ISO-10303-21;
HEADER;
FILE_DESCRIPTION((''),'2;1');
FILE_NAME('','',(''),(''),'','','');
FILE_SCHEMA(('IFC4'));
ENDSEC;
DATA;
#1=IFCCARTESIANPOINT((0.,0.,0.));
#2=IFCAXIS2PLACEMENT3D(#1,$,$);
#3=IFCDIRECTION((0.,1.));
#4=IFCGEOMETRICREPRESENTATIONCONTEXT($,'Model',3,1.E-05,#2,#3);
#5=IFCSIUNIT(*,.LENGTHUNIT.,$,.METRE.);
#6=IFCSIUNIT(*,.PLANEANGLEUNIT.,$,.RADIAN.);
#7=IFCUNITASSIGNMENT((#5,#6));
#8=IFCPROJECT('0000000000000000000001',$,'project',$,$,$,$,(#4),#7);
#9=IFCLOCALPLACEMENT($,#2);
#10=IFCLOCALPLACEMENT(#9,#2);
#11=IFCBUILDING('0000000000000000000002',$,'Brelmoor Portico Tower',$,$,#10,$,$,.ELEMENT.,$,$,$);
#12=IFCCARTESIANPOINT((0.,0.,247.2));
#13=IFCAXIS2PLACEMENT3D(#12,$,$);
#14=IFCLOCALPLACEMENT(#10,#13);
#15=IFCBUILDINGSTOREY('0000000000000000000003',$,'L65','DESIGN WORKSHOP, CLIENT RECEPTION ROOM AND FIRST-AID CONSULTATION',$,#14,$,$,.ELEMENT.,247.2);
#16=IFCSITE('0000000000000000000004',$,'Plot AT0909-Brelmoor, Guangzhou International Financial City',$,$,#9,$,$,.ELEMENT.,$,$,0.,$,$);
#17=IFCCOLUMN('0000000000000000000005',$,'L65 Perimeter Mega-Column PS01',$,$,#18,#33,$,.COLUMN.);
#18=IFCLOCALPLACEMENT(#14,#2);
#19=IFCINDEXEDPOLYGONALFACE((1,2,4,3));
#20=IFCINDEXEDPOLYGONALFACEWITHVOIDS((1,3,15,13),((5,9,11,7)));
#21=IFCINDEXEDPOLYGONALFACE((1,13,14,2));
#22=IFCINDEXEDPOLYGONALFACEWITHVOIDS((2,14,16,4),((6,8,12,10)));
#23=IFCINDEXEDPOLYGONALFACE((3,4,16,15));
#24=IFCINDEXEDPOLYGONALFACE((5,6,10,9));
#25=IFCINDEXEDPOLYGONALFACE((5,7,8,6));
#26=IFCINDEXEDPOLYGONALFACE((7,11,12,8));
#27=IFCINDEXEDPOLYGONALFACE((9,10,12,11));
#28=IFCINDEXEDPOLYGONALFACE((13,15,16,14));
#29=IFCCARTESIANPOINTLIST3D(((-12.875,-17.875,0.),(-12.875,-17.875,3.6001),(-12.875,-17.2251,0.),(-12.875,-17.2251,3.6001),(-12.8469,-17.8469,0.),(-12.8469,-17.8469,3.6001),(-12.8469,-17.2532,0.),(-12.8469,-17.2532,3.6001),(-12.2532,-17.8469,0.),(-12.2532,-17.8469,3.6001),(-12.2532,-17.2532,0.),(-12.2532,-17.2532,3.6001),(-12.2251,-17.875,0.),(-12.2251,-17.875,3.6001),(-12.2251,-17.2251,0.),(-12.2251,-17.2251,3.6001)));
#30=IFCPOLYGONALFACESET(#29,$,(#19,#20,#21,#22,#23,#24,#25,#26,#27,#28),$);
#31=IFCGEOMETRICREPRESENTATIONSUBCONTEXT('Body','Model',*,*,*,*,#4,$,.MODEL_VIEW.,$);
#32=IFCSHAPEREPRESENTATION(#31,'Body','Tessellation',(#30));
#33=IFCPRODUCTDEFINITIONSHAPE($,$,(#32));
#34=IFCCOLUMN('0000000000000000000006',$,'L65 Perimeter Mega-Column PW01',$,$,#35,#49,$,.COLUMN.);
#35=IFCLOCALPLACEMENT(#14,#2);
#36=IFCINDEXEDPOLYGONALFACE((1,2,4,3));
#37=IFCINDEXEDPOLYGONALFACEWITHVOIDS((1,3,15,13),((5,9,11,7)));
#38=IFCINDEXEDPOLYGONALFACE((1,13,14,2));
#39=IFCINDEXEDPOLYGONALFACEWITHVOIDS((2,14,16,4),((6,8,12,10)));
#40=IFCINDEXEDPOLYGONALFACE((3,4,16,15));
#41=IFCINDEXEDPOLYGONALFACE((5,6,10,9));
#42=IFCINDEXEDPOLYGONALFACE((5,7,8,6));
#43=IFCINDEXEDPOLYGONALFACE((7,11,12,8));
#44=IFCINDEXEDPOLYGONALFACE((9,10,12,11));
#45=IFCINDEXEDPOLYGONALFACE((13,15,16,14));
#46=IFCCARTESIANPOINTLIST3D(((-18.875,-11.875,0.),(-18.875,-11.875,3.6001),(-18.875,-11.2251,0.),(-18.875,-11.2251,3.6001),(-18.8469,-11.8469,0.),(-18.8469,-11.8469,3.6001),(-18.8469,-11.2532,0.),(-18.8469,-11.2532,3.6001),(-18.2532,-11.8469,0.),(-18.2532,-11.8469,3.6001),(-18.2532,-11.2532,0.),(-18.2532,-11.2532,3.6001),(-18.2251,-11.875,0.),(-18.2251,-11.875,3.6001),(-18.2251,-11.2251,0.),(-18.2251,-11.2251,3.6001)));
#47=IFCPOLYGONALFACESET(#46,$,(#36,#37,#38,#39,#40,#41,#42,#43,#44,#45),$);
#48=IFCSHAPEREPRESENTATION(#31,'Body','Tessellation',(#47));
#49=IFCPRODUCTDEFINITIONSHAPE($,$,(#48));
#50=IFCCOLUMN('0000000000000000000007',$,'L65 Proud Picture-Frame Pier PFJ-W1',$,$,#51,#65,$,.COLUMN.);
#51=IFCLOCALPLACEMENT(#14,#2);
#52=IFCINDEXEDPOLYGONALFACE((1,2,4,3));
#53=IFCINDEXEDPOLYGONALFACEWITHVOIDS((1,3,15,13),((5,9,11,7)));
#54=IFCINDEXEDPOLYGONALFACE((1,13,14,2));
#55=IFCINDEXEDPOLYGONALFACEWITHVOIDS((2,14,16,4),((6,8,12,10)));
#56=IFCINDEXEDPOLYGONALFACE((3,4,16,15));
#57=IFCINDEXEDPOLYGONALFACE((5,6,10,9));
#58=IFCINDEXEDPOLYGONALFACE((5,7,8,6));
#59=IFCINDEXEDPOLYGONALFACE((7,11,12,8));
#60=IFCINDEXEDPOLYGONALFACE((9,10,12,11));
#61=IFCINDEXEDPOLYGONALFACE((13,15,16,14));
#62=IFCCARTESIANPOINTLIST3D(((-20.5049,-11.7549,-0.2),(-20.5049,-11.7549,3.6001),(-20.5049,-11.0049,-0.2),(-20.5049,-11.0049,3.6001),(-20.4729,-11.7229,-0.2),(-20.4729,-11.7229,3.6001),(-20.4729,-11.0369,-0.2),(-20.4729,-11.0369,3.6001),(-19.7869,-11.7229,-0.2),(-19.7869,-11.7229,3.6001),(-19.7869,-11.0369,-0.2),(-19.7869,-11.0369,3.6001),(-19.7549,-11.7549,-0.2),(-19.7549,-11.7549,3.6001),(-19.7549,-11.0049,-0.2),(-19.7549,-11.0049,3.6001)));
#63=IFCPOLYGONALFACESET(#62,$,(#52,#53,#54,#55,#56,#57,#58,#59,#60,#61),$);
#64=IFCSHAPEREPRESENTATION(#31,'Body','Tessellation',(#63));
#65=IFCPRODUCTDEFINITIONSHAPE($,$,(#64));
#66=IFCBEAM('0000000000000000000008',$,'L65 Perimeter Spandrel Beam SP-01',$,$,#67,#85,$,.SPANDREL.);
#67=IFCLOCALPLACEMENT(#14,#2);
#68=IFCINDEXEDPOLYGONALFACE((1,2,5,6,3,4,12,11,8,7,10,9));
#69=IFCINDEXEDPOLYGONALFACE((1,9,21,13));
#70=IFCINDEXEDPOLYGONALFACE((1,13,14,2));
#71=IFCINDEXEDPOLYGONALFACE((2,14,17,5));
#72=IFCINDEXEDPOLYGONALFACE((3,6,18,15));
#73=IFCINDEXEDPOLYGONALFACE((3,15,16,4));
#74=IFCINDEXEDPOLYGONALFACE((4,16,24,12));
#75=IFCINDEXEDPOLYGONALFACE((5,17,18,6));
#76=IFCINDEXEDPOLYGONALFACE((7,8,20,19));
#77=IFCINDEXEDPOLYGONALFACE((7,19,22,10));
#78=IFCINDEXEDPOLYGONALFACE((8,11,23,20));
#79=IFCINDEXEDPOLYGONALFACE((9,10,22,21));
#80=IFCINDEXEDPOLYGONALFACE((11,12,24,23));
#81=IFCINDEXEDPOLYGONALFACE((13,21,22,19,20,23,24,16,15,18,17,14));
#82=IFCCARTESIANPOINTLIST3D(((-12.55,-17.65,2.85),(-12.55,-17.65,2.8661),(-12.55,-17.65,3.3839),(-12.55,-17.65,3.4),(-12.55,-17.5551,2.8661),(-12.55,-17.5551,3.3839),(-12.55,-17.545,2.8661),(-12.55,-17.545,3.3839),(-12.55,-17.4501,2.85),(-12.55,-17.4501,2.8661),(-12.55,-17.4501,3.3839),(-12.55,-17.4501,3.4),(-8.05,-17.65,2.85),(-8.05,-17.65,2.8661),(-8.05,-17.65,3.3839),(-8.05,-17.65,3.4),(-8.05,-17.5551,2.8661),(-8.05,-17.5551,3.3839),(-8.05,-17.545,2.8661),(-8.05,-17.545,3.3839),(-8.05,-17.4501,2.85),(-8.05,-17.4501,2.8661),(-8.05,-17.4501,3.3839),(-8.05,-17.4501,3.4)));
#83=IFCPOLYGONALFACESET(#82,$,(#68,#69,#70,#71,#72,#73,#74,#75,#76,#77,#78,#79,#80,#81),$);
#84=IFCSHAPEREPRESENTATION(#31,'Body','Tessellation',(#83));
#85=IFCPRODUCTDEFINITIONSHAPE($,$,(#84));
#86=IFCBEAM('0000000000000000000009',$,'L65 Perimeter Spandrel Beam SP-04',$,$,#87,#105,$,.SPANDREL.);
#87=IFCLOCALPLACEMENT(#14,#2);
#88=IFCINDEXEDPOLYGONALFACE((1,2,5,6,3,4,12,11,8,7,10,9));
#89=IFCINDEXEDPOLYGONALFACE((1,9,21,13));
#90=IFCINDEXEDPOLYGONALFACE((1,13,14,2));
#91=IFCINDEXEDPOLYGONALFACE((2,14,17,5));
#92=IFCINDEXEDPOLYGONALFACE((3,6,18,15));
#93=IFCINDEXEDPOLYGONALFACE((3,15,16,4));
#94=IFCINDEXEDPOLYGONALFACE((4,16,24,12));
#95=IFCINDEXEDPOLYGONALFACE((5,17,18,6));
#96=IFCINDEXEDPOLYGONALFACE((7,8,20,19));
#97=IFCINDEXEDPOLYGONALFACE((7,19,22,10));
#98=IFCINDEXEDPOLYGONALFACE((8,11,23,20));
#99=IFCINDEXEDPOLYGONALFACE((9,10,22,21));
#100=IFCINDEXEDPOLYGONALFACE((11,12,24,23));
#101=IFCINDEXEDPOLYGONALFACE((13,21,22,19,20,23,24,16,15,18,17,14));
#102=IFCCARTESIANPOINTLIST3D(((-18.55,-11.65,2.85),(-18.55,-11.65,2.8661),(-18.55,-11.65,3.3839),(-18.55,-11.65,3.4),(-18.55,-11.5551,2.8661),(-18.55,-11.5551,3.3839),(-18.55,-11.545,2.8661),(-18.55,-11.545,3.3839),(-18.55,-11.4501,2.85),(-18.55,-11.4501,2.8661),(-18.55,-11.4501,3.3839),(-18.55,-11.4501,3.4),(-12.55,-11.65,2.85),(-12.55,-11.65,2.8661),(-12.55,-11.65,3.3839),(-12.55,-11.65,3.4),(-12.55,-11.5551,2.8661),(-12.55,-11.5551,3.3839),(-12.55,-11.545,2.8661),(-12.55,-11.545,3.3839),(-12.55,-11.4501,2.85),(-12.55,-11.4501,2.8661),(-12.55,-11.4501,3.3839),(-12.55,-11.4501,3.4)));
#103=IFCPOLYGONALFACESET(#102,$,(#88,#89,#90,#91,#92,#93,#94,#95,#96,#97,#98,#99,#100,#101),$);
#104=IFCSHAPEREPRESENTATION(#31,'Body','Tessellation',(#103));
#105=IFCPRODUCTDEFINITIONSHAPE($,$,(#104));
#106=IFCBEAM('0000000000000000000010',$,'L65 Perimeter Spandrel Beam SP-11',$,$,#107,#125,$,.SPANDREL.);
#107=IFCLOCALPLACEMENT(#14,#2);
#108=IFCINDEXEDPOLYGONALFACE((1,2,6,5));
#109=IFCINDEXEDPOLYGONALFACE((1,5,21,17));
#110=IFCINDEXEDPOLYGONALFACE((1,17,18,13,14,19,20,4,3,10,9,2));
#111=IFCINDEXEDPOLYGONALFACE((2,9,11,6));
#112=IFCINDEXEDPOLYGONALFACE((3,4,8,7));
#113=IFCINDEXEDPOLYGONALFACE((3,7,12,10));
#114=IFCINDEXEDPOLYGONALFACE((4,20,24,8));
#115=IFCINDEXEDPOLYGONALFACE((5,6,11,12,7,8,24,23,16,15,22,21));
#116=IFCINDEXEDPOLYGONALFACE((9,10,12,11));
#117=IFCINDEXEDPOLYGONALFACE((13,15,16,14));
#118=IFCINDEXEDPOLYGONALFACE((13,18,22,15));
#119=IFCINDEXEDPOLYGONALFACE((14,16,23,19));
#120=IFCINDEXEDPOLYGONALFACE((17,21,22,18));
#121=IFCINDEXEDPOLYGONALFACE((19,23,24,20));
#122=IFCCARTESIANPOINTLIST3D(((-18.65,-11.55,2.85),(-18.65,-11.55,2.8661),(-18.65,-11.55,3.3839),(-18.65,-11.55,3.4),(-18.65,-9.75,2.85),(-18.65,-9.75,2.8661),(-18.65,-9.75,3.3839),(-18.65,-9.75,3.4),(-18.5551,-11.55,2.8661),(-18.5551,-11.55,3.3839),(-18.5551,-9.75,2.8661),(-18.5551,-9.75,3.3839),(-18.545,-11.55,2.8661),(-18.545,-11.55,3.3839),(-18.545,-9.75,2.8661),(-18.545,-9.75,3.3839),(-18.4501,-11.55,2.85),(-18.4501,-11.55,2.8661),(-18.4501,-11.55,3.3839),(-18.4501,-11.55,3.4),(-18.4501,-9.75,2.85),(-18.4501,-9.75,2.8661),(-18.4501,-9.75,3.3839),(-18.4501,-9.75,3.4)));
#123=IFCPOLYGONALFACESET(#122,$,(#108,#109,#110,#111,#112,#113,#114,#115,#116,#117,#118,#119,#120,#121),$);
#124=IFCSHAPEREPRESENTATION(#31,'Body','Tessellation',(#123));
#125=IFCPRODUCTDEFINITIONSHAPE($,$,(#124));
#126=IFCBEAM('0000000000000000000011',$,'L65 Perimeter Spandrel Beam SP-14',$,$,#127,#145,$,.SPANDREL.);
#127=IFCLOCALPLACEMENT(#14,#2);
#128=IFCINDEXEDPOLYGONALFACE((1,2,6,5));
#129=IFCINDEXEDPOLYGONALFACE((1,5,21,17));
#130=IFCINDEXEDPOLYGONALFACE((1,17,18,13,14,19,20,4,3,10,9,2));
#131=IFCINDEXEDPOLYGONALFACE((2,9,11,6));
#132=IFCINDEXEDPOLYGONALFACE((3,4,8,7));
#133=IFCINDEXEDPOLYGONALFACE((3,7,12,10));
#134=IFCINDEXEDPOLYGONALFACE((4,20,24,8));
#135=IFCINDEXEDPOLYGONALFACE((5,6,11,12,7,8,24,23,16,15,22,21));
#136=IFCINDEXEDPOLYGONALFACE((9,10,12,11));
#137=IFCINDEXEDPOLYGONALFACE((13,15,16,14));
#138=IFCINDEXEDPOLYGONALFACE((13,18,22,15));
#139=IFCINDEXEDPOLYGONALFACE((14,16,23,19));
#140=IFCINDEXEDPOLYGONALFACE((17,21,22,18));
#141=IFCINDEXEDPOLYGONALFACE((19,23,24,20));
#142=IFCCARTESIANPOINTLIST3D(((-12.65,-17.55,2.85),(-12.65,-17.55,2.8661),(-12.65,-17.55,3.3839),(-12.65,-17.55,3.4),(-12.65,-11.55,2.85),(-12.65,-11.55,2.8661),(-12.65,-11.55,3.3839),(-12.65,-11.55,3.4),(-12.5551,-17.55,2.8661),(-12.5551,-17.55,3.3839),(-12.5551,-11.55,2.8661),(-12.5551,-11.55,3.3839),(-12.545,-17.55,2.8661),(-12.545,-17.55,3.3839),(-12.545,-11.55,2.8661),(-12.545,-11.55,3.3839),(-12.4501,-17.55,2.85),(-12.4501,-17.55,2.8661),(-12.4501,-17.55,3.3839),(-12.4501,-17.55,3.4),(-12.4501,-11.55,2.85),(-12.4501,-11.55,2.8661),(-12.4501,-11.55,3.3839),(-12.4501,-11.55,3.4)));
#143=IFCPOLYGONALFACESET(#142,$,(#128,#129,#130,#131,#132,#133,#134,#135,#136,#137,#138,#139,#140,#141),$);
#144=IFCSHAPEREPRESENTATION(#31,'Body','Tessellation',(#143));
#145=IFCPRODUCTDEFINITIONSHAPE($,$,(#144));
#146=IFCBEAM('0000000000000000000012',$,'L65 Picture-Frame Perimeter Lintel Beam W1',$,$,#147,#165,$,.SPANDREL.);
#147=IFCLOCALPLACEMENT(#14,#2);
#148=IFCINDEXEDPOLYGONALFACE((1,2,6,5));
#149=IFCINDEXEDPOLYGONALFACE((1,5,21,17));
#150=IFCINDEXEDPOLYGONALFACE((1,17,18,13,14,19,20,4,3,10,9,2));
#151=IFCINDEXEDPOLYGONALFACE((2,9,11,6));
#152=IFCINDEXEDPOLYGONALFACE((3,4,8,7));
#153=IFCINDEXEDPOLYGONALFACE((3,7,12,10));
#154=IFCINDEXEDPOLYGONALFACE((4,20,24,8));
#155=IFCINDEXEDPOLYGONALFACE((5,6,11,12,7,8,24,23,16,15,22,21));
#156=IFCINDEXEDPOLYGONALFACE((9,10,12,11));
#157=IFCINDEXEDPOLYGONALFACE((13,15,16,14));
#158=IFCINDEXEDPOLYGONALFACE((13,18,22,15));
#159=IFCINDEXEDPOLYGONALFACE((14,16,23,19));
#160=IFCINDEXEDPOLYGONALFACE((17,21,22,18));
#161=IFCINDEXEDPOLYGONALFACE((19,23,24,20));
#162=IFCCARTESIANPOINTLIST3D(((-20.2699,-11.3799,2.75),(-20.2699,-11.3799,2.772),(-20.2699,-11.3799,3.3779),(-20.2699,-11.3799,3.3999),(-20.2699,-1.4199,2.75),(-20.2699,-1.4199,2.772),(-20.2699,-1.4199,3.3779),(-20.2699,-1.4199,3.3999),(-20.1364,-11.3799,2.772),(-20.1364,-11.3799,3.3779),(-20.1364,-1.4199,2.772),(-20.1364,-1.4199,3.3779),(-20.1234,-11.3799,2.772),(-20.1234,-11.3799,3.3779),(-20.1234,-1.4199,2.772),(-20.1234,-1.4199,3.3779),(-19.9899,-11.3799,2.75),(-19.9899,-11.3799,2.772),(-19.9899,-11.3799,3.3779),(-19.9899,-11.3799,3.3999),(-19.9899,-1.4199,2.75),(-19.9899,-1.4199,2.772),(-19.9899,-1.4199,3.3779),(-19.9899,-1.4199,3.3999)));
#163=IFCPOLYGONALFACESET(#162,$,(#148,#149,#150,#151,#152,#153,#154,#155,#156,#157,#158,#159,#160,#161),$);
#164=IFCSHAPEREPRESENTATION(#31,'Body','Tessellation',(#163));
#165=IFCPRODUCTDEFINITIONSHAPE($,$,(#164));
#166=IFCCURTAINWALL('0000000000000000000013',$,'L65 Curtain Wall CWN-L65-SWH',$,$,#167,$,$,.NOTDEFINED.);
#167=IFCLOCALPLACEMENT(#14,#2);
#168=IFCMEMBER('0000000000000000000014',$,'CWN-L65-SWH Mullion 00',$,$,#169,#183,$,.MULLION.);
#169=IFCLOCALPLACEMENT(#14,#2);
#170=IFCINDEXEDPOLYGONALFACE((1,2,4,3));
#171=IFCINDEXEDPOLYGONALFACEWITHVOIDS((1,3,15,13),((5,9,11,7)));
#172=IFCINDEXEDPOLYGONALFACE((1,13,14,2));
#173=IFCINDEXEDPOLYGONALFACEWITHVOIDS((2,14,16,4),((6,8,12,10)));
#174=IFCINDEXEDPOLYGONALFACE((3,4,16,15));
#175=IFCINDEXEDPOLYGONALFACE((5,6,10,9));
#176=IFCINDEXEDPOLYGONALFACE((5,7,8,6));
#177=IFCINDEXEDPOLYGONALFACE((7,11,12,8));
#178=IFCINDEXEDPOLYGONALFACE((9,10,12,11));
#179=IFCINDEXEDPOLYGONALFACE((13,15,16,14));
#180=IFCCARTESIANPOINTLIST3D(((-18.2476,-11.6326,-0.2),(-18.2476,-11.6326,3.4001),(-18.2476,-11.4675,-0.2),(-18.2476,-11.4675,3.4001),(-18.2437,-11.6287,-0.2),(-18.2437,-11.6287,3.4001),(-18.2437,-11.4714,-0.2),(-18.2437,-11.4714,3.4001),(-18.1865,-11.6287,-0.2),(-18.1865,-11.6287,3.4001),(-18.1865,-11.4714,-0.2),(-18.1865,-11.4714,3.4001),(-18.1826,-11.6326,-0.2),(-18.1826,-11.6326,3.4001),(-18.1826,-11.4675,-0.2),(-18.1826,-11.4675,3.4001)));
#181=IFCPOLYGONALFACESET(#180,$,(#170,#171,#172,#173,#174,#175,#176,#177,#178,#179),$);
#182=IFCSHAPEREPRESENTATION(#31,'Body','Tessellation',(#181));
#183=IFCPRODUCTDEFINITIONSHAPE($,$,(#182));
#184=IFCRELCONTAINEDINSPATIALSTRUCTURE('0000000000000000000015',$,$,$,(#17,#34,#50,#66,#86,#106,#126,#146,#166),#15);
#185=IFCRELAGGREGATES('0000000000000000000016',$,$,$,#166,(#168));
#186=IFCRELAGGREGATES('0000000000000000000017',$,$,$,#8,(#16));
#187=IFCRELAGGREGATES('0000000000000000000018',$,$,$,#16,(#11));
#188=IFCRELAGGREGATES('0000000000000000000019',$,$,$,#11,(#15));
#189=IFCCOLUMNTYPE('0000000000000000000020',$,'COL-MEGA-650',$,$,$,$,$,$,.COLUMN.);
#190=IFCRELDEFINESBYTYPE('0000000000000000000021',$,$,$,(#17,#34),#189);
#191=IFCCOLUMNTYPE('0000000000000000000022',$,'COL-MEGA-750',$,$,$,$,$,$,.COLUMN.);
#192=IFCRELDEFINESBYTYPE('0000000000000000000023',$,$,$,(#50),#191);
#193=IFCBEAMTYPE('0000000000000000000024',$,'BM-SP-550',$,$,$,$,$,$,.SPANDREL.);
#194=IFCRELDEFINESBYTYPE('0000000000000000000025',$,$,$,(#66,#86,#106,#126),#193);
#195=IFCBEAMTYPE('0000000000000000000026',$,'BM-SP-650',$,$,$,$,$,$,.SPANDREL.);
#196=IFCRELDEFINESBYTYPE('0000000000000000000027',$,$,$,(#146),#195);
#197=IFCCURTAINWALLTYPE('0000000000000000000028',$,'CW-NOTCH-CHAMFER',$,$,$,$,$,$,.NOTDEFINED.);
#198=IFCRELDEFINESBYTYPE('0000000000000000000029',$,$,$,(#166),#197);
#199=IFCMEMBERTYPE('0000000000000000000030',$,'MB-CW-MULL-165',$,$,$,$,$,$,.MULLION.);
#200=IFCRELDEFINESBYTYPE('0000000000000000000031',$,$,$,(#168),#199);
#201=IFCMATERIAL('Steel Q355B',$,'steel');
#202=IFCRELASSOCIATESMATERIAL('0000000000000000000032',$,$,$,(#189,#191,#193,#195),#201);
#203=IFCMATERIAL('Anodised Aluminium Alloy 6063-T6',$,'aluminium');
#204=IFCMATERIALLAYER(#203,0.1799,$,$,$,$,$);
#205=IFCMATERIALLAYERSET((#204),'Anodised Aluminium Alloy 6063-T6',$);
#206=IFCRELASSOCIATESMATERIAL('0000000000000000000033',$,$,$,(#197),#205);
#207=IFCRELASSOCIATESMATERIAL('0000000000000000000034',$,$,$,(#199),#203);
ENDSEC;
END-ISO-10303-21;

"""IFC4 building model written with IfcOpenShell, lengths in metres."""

from ifc_helpers import new_model, si_unit, direction, frame, origin, origin_2d, place, context, subcontext, project, spatial, hollow_rectangle, i_section, extrude, material, layer, layer_set, material_profile, profile_set, type_object, element, aggregate, save


model = new_model("IFC4")

# Units and contexts
model_context = context("Model", 3, precision=1e-05, world=origin(), true_north=direction((0.0, 1.0)))
body_context = subcontext(model_context, "Body", "Model", "MODEL_VIEW")
ifc_project = project(units=[si_unit("LENGTHUNIT", "METRE"), si_unit("PLANEANGLEUNIT", "RADIAN")], contexts=[model_context])

# Site, building, storey
site_placement = place(None, origin())
site = spatial("IfcSite", under=ifc_project, at=site_placement, Name="Plot AT0909-Brelmoor, Guangzhou International Financial City", CompositionType="ELEMENT", RefElevation=0.0)
building_placement = place(site_placement, origin())
building = spatial("IfcBuilding", under=site, at=building_placement, Name="Brelmoor Portico Tower", CompositionType="ELEMENT")
storey_placement = place(building_placement, frame((0.0, 0.0, 247.2)))
storey = spatial("IfcBuildingStorey", under=building, at=storey_placement, Name="L65", Description="DESIGN WORKSHOP, CLIENT RECEPTION ROOM AND FIRST-AID CONSULTATION", CompositionType="ELEMENT", Elevation=247.2)

# Columns
ifc_material_1 = material(Name="Steel Q355B", Category="steel")
ifc_material_profile_1 = material_profile(ifc_material_1, hollow_rectangle(XDim=0.6499, YDim=0.6499, WallThickness=0.0281, at=origin_2d()), Name="BOX 650x650x28")
ifc_profile_set_1 = profile_set([ifc_material_profile_1], Name="Steel Q355B")
column_type_1 = type_object("IfcColumnType", Name="COL-MEGA-650", PredefinedType="COLUMN", material=ifc_profile_set_1)
for number, where, z_axis, x_axis, name in (
    (1, (-12.55, -17.55, 0.0), (0.0, 0.0, 1.0), (1.0, 0.0, 0.0), "L65 Perimeter Mega-Column PS01"),
    (2, (-18.55, -11.55, 0.0), (0.0, 0.0, 1.0), (0.0, 1.0, 0.0), "L65 Perimeter Mega-Column PW01"),
):
    element("IfcColumn", number, at=place(storey_placement, frame(where, z_axis=z_axis, x_axis=x_axis)), inside=storey, type_object=column_type_1, Name=name, PredefinedType="COLUMN", context=body_context, shape_type="SweptSolid", body=[
        extrude(hollow_rectangle(XDim=0.6499, YDim=0.6499, WallThickness=0.0281, at=origin_2d()), origin(), (0.0, 0.0, 1.0), 3.6001),
    ])
ifc_material_profile_2 = material_profile(ifc_material_1, hollow_rectangle(XDim=0.75, YDim=0.75, WallThickness=0.032, at=origin_2d()), Name="BOX 750x750x32")
ifc_profile_set_2 = profile_set([ifc_material_profile_2], Name="Steel Q355B")
column_type_2 = type_object("IfcColumnType", Name="COL-MEGA-750", PredefinedType="COLUMN", material=ifc_profile_set_2)
column_placement = place(storey_placement, frame((-20.1299, -11.3799, -0.2), z_axis=(0.0, 0.0, 1.0), x_axis=(0.0, 1.0, 0.0)))
element("IfcColumn", 3, at=column_placement, inside=storey, type_object=column_type_2, Name="L65 Proud Picture-Frame Pier PFJ-W1", PredefinedType="COLUMN", context=body_context, shape_type="SweptSolid", body=[
    extrude(hollow_rectangle(XDim=0.75, YDim=0.75, WallThickness=0.032, at=origin_2d()), origin(), (0.0, 0.0, 1.0), 3.8),
])

# Beams
ifc_material_profile_3 = material_profile(ifc_material_1, i_section(OverallWidth=0.2, OverallDepth=0.55, WebThickness=0.01, FlangeThickness=0.0161, at=origin_2d()), Name="HN 550x200x10x16")
ifc_profile_set_3 = profile_set([ifc_material_profile_3], Name="Steel Q355B")
beam_type_1 = type_object("IfcBeamType", Name="BM-SP-550", PredefinedType="SPANDREL", material=ifc_profile_set_3)
beam_1_placement = place(storey_placement, frame((-12.55, -17.55, 3.125), z_axis=(1.0, 0.0, 0.0), x_axis=(0.0, 1.0, 0.0)))
element("IfcBeam", 4, at=beam_1_placement, inside=storey, type_object=beam_type_1, Name="L65 Perimeter Spandrel Beam SP-01", PredefinedType="SPANDREL", context=body_context, shape_type="SweptSolid", body=[
    extrude(i_section(OverallWidth=0.2, OverallDepth=0.55, WebThickness=0.01, FlangeThickness=0.0161, at=origin_2d()), origin(), (0.0, 0.0, 1.0), 4.5),
])
beam_2_placement = place(storey_placement, frame((-18.55, -11.55, 3.125), z_axis=(1.0, 0.0, 0.0), x_axis=(0.0, 1.0, 0.0)))
element("IfcBeam", 5, at=beam_2_placement, inside=storey, type_object=beam_type_1, Name="L65 Perimeter Spandrel Beam SP-04", PredefinedType="SPANDREL", context=body_context, shape_type="SweptSolid", body=[
    extrude(i_section(OverallWidth=0.2, OverallDepth=0.55, WebThickness=0.01, FlangeThickness=0.0161, at=origin_2d()), origin(), (0.0, 0.0, 1.0), 6.0),
])
beam_3_placement = place(storey_placement, frame((-18.55, -11.55, 3.125), z_axis=(0.0, 1.0, 0.0), x_axis=(-1.0, 0.0, 0.0)))
element("IfcBeam", 6, at=beam_3_placement, inside=storey, type_object=beam_type_1, Name="L65 Perimeter Spandrel Beam SP-11", PredefinedType="SPANDREL", context=body_context, shape_type="SweptSolid", body=[
    extrude(i_section(OverallWidth=0.2, OverallDepth=0.55, WebThickness=0.01, FlangeThickness=0.0161, at=origin_2d()), origin(), (0.0, 0.0, 1.0), 1.8),
])
beam_4_placement = place(storey_placement, frame((-12.55, -17.55, 3.125), z_axis=(0.0, 1.0, 0.0), x_axis=(-1.0, 0.0, 0.0)))
element("IfcBeam", 7, at=beam_4_placement, inside=storey, type_object=beam_type_1, Name="L65 Perimeter Spandrel Beam SP-14", PredefinedType="SPANDREL", context=body_context, shape_type="SweptSolid", body=[
    extrude(i_section(OverallWidth=0.2, OverallDepth=0.55, WebThickness=0.01, FlangeThickness=0.0161, at=origin_2d()), origin(), (0.0, 0.0, 1.0), 6.0),
])
ifc_material_profile_4 = material_profile(ifc_material_1, i_section(OverallWidth=0.28, OverallDepth=0.6499, WebThickness=0.0129, FlangeThickness=0.022, at=origin_2d()), Name="HN 650x280x13x22")
ifc_profile_set_4 = profile_set([ifc_material_profile_4], Name="Steel Q355B")
beam_type_2 = type_object("IfcBeamType", Name="BM-SP-650", PredefinedType="SPANDREL", material=ifc_profile_set_4)
beam_5_placement = place(storey_placement, frame((-20.1299, -11.3799, 3.075), z_axis=(0.0, 1.0, 0.0), x_axis=(-1.0, 0.0, 0.0)))
element("IfcBeam", 8, at=beam_5_placement, inside=storey, type_object=beam_type_2, Name="L65 Picture-Frame Perimeter Lintel Beam W1", PredefinedType="SPANDREL", context=body_context, shape_type="SweptSolid", body=[
    extrude(i_section(OverallWidth=0.28, OverallDepth=0.6499, WebThickness=0.0129, FlangeThickness=0.022, at=origin_2d()), origin(), (0.0, 0.0, 1.0), 9.96),
])

# Curtain wall, member
ifc_material_2 = material(Name="Anodised Aluminium Alloy 6063-T6", Category="aluminium")
ifc_layer_1 = layer(ifc_material_2, 0.1799)
ifc_layer_set_1 = layer_set([ifc_layer_1], Name="Anodised Aluminium Alloy 6063-T6")
curtain_wall_type = type_object("IfcCurtainWallType", Name="CW-NOTCH-CHAMFER", PredefinedType="NOTDEFINED", material=ifc_layer_set_1)
curtain_wall_1_placement = place(storey_placement, origin())
curtain_wall_1 = element("IfcCurtainWall", 9, at=curtain_wall_1_placement, inside=storey, type_object=curtain_wall_type, Name="L65 Curtain Wall CWN-L65-SWH", PredefinedType="NOTDEFINED")
ifc_material_profile_5 = material_profile(ifc_material_2, hollow_rectangle(XDim=0.0649, YDim=0.165, WallThickness=0.0039, at=origin_2d()), Name="ALU MULLION 65x165")
ifc_profile_set_5 = profile_set([ifc_material_profile_5], Name="Anodised Aluminium Alloy 6063-T6")
member_type_1 = type_object("IfcMemberType", Name="MB-CW-MULL-165", PredefinedType="MULLION", material=ifc_profile_set_5)
member_1_placement = place(storey_placement, frame((-18.2151, -11.55, -0.2), z_axis=(0.0, 0.0, 1.0), x_axis=(1.0, 0.0, 0.0)))
member_1 = element("IfcMember", 10, at=member_1_placement, type_object=member_type_1, Name="CWN-L65-SWH Mullion 00", PredefinedType="MULLION", context=body_context, shape_type="SweptSolid", body=[
    extrude(hollow_rectangle(XDim=0.0649, YDim=0.165, WallThickness=0.0039, at=origin_2d()), origin(), (0.0, 0.0, 1.0), 3.6001),
])

aggregate(curtain_wall_1, [member_1])

save(model, "model.ifc")
